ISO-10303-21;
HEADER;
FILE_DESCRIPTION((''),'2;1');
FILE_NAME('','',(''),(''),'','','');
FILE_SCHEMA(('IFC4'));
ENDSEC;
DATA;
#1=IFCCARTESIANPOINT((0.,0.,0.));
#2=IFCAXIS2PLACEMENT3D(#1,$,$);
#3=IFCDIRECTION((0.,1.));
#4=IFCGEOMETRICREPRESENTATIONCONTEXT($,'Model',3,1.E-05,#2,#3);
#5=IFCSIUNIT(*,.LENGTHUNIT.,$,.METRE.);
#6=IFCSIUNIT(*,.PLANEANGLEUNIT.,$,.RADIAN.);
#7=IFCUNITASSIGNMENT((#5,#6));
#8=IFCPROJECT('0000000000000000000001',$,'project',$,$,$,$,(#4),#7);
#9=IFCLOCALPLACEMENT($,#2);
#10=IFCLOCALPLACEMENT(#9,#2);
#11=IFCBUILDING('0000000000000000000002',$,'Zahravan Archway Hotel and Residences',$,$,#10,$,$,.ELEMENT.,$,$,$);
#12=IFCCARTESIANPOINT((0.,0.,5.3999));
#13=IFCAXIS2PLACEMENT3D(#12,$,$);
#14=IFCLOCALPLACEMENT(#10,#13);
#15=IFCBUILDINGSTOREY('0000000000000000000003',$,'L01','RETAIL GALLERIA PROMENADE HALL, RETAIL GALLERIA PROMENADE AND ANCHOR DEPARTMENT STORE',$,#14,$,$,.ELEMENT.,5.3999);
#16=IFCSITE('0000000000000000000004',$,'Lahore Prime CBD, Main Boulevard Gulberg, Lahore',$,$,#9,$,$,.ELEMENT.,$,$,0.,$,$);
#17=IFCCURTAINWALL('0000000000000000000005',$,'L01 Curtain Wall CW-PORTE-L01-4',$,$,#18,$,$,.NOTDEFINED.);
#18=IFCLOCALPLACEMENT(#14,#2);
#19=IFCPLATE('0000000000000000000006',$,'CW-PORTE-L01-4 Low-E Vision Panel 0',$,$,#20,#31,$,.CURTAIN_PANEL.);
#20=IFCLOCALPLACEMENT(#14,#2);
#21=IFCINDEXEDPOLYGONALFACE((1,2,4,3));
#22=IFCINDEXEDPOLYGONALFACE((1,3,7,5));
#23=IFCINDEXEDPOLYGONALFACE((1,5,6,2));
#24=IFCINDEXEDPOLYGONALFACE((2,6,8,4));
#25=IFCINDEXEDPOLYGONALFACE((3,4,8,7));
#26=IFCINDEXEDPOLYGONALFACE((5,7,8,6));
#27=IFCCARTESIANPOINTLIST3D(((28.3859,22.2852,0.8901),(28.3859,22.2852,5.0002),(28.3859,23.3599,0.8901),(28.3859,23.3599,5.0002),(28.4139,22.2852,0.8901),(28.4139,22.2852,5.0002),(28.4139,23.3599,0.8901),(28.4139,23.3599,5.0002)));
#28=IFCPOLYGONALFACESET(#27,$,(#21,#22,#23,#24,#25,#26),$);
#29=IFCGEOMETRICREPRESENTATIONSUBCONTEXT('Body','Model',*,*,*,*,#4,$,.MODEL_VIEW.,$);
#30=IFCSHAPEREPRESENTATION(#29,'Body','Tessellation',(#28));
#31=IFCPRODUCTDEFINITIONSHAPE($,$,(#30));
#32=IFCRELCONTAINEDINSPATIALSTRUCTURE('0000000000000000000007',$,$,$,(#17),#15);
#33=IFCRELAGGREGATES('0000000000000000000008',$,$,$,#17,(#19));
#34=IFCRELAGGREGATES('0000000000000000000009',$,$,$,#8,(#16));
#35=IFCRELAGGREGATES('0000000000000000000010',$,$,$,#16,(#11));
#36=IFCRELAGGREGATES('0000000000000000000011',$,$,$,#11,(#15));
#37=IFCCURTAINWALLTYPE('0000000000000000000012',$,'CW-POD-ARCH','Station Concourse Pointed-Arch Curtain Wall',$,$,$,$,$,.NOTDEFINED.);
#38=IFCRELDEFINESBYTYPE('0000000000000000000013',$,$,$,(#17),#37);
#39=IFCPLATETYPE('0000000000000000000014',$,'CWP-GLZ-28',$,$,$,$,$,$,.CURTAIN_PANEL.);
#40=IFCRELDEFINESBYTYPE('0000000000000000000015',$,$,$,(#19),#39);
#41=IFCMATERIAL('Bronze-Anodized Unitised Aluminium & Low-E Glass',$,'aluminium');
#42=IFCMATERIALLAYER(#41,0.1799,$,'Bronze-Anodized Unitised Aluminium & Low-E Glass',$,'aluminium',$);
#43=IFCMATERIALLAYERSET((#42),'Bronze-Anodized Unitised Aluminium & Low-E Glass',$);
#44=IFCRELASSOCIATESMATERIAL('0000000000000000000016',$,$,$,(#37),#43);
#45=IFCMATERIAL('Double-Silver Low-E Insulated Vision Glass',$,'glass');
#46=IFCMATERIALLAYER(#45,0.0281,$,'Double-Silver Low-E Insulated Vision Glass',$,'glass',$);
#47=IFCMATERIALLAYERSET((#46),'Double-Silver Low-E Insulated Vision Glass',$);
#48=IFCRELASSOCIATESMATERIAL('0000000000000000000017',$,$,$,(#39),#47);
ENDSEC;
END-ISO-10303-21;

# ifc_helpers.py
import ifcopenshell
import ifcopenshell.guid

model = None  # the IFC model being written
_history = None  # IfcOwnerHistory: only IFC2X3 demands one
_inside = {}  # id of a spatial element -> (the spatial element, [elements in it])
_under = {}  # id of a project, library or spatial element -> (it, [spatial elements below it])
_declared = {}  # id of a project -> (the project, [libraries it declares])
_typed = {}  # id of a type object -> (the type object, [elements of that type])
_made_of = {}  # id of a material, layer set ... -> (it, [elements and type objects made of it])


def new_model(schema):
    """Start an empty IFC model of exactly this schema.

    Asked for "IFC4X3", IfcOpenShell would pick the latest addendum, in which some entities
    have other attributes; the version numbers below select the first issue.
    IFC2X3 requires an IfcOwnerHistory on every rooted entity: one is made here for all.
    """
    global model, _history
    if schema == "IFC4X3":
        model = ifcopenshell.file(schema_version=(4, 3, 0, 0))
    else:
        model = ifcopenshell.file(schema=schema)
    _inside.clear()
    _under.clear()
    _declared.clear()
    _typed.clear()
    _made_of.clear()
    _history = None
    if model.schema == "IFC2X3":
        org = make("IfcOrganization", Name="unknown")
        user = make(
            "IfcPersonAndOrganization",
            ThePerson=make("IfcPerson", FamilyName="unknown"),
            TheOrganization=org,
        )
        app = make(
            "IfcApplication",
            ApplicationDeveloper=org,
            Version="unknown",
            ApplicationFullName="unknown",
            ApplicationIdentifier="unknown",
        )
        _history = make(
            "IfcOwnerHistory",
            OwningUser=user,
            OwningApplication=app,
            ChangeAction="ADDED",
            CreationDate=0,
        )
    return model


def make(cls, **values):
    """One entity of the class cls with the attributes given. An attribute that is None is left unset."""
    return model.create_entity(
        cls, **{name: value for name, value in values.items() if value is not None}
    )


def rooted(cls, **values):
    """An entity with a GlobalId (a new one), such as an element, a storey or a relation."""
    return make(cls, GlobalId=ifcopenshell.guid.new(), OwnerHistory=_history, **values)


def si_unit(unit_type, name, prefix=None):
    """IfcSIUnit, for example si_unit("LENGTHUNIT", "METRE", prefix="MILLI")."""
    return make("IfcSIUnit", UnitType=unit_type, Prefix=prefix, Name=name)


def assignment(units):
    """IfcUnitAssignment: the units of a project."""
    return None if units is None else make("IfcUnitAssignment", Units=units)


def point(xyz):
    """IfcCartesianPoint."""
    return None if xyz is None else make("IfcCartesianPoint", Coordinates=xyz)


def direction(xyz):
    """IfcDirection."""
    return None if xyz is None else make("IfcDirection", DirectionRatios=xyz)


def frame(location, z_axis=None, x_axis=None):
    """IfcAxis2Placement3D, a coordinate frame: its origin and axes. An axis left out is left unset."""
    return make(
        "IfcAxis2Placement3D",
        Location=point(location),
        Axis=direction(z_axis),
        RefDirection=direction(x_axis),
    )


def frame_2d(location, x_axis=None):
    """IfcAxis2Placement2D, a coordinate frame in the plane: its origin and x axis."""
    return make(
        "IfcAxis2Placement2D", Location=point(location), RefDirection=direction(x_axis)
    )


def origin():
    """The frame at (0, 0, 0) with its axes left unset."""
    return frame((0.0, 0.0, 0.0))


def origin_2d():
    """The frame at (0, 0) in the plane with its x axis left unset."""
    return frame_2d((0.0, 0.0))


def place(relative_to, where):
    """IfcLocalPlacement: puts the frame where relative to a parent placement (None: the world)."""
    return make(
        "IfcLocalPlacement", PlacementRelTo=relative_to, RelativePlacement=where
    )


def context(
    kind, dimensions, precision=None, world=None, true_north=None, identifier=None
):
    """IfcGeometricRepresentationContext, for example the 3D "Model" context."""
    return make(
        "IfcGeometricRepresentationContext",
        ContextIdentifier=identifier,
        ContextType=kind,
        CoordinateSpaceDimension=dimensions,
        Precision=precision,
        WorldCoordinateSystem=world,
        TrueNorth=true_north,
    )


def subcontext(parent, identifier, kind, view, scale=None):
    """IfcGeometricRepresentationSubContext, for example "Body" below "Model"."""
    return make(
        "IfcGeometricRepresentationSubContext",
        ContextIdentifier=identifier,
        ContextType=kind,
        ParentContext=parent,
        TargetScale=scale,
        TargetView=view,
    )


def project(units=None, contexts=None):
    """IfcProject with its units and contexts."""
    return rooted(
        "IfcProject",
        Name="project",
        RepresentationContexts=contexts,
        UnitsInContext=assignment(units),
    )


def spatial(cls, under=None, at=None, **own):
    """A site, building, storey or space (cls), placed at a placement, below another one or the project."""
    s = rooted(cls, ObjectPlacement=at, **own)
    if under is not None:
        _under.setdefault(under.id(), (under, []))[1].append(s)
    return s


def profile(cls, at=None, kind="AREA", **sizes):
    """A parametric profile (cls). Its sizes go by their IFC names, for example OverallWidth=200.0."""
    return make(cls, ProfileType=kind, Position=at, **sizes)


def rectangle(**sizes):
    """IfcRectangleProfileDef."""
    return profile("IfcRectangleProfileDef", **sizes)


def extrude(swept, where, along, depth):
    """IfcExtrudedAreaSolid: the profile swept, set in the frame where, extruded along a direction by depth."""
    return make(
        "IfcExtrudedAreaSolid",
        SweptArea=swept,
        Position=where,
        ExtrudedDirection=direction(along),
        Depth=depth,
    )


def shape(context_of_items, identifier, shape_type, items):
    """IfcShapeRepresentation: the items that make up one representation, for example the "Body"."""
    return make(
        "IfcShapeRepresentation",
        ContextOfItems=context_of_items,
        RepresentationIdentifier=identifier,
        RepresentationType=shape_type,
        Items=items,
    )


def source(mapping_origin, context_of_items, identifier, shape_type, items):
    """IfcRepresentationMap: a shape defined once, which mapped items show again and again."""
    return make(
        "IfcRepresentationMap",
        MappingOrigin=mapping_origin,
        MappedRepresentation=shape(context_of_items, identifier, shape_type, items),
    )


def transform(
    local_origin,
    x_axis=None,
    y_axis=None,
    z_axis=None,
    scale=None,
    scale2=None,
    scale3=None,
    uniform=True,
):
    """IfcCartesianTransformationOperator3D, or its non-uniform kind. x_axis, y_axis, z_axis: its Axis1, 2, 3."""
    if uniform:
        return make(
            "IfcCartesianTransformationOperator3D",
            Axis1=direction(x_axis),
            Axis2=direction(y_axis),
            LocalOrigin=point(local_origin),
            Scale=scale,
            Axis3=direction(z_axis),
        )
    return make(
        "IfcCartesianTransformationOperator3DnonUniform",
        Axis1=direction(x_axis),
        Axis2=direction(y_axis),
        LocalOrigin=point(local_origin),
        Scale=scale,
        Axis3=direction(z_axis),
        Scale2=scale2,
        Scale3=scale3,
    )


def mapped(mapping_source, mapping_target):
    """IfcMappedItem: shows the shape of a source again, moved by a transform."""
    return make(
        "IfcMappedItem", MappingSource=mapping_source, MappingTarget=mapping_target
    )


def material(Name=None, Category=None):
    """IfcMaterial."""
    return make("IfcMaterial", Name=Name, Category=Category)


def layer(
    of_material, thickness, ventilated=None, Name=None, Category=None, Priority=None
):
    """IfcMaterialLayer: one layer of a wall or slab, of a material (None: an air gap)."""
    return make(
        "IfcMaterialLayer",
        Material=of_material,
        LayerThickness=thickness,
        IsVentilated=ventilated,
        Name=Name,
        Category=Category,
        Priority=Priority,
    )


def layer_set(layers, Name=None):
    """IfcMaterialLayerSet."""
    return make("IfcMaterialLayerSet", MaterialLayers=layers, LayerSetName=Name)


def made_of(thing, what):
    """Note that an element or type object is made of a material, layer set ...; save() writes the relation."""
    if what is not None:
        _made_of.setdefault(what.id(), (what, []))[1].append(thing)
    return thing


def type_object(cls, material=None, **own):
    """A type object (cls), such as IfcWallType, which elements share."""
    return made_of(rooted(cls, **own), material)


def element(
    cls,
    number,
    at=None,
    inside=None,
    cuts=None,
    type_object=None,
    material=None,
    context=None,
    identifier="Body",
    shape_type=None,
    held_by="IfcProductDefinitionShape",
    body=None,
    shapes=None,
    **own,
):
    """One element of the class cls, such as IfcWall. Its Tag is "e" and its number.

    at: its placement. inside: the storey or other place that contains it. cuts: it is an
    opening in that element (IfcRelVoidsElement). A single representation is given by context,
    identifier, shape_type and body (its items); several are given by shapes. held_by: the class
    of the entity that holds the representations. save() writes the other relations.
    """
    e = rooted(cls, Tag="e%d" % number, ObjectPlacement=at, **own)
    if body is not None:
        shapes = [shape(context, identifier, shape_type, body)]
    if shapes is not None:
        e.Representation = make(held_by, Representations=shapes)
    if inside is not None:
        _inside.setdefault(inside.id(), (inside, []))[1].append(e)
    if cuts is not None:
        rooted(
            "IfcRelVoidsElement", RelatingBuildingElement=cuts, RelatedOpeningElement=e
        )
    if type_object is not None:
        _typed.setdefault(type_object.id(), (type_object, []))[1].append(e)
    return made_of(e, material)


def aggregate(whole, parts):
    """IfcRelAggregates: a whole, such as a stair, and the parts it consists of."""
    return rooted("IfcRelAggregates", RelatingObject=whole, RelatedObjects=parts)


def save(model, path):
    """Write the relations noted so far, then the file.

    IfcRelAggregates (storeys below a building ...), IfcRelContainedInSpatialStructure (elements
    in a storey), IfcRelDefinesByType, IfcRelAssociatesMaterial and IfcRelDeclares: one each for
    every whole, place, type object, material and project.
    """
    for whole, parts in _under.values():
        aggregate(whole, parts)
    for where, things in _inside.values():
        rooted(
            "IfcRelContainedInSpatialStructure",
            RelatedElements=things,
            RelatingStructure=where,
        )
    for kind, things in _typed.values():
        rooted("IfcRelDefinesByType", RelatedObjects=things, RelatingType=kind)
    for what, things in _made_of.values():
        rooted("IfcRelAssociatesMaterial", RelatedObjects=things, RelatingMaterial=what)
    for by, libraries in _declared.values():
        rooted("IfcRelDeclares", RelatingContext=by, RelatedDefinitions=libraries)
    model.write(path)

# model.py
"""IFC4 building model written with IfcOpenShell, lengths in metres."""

from ifc_helpers import new_model, si_unit, direction, frame, origin, origin_2d, place, context, subcontext, project, spatial, rectangle, extrude, source, transform, mapped, material, layer, layer_set, type_object, element, aggregate, save


model = new_model("IFC4")

# Units and contexts
model_context = context("Model", 3, precision=1e-05, world=origin(), true_north=direction((0.0, 1.0)))
body_context = subcontext(model_context, "Body", "Model", "MODEL_VIEW")
ifc_project = project(units=[si_unit("LENGTHUNIT", "METRE"), si_unit("PLANEANGLEUNIT", "RADIAN")], contexts=[model_context])

# Site, building, storey
site_placement = place(None, origin())
site = spatial("IfcSite", under=ifc_project, at=site_placement, Name="Lahore Prime CBD, Main Boulevard Gulberg, Lahore", CompositionType="ELEMENT", RefElevation=0.0)
building_placement = place(site_placement, origin())
building = spatial("IfcBuilding", under=site, at=building_placement, Name="Zahravan Archway Hotel and Residences", CompositionType="ELEMENT")
storey_placement = place(building_placement, frame((0.0, 0.0, 5.3999)))
storey = spatial("IfcBuildingStorey", under=building, at=storey_placement, Name="L01", Description="RETAIL GALLERIA PROMENADE HALL, RETAIL GALLERIA PROMENADE AND ANCHOR DEPARTMENT STORE", CompositionType="ELEMENT", Elevation=5.3999)

# Curtain wall
ifc_material_1 = material(Name="Bronze-Anodized Unitised Aluminium & Low-E Glass", Category="aluminium")
ifc_layer_1 = layer(ifc_material_1, 0.1799, Name="Bronze-Anodized Unitised Aluminium & Low-E Glass", Category="aluminium")
ifc_layer_set_1 = layer_set([ifc_layer_1], Name="Bronze-Anodized Unitised Aluminium & Low-E Glass")
curtain_wall_type = type_object("IfcCurtainWallType", Name="CW-POD-ARCH", Description="Station Concourse Pointed-Arch Curtain Wall", PredefinedType="NOTDEFINED", material=ifc_layer_set_1)
curtain_wall_1_placement = place(storey_placement, origin())
curtain_wall_1 = element("IfcCurtainWall", 1, at=curtain_wall_1_placement, inside=storey, type_object=curtain_wall_type, Name="L01 Curtain Wall CW-PORTE-L01-4", PredefinedType="NOTDEFINED")

# Plate
ifc_material_2 = material(Name="Double-Silver Low-E Insulated Vision Glass", Category="glass")
ifc_layer_2 = layer(ifc_material_2, 0.0281, Name="Double-Silver Low-E Insulated Vision Glass", Category="glass")
ifc_layer_set_2 = layer_set([ifc_layer_2], Name="Double-Silver Low-E Insulated Vision Glass")
plate_type_1 = type_object("IfcPlateType", Name="CWP-GLZ-28", PredefinedType="CURTAIN_PANEL", material=ifc_layer_set_2)
shared_shape_1 = source(origin(), body_context, "Body", "SweptSolid", [
    extrude(rectangle(XDim=1.0747, YDim=0.0281, at=origin_2d()), origin(), (0.0, 0.0, 1.0), 4.1101),
])
plate_1_placement = place(storey_placement, frame((28.3999, 22.8225, 0.8901), z_axis=(0.0, 0.0, 1.0), x_axis=(0.0, 1.0, 0.0)))
plate_1 = element("IfcPlate", 2, at=plate_1_placement, type_object=plate_type_1, Name="CW-PORTE-L01-4 Low-E Vision Panel 0", PredefinedType="CURTAIN_PANEL", context=body_context, shape_type="MappedRepresentation", body=[
    mapped(shared_shape_1, transform((0.0, 0.0, 0.0), scale=1.0)),
])
aggregate(curtain_wall_1, [plate_1])

save(model, "model.ifc")
